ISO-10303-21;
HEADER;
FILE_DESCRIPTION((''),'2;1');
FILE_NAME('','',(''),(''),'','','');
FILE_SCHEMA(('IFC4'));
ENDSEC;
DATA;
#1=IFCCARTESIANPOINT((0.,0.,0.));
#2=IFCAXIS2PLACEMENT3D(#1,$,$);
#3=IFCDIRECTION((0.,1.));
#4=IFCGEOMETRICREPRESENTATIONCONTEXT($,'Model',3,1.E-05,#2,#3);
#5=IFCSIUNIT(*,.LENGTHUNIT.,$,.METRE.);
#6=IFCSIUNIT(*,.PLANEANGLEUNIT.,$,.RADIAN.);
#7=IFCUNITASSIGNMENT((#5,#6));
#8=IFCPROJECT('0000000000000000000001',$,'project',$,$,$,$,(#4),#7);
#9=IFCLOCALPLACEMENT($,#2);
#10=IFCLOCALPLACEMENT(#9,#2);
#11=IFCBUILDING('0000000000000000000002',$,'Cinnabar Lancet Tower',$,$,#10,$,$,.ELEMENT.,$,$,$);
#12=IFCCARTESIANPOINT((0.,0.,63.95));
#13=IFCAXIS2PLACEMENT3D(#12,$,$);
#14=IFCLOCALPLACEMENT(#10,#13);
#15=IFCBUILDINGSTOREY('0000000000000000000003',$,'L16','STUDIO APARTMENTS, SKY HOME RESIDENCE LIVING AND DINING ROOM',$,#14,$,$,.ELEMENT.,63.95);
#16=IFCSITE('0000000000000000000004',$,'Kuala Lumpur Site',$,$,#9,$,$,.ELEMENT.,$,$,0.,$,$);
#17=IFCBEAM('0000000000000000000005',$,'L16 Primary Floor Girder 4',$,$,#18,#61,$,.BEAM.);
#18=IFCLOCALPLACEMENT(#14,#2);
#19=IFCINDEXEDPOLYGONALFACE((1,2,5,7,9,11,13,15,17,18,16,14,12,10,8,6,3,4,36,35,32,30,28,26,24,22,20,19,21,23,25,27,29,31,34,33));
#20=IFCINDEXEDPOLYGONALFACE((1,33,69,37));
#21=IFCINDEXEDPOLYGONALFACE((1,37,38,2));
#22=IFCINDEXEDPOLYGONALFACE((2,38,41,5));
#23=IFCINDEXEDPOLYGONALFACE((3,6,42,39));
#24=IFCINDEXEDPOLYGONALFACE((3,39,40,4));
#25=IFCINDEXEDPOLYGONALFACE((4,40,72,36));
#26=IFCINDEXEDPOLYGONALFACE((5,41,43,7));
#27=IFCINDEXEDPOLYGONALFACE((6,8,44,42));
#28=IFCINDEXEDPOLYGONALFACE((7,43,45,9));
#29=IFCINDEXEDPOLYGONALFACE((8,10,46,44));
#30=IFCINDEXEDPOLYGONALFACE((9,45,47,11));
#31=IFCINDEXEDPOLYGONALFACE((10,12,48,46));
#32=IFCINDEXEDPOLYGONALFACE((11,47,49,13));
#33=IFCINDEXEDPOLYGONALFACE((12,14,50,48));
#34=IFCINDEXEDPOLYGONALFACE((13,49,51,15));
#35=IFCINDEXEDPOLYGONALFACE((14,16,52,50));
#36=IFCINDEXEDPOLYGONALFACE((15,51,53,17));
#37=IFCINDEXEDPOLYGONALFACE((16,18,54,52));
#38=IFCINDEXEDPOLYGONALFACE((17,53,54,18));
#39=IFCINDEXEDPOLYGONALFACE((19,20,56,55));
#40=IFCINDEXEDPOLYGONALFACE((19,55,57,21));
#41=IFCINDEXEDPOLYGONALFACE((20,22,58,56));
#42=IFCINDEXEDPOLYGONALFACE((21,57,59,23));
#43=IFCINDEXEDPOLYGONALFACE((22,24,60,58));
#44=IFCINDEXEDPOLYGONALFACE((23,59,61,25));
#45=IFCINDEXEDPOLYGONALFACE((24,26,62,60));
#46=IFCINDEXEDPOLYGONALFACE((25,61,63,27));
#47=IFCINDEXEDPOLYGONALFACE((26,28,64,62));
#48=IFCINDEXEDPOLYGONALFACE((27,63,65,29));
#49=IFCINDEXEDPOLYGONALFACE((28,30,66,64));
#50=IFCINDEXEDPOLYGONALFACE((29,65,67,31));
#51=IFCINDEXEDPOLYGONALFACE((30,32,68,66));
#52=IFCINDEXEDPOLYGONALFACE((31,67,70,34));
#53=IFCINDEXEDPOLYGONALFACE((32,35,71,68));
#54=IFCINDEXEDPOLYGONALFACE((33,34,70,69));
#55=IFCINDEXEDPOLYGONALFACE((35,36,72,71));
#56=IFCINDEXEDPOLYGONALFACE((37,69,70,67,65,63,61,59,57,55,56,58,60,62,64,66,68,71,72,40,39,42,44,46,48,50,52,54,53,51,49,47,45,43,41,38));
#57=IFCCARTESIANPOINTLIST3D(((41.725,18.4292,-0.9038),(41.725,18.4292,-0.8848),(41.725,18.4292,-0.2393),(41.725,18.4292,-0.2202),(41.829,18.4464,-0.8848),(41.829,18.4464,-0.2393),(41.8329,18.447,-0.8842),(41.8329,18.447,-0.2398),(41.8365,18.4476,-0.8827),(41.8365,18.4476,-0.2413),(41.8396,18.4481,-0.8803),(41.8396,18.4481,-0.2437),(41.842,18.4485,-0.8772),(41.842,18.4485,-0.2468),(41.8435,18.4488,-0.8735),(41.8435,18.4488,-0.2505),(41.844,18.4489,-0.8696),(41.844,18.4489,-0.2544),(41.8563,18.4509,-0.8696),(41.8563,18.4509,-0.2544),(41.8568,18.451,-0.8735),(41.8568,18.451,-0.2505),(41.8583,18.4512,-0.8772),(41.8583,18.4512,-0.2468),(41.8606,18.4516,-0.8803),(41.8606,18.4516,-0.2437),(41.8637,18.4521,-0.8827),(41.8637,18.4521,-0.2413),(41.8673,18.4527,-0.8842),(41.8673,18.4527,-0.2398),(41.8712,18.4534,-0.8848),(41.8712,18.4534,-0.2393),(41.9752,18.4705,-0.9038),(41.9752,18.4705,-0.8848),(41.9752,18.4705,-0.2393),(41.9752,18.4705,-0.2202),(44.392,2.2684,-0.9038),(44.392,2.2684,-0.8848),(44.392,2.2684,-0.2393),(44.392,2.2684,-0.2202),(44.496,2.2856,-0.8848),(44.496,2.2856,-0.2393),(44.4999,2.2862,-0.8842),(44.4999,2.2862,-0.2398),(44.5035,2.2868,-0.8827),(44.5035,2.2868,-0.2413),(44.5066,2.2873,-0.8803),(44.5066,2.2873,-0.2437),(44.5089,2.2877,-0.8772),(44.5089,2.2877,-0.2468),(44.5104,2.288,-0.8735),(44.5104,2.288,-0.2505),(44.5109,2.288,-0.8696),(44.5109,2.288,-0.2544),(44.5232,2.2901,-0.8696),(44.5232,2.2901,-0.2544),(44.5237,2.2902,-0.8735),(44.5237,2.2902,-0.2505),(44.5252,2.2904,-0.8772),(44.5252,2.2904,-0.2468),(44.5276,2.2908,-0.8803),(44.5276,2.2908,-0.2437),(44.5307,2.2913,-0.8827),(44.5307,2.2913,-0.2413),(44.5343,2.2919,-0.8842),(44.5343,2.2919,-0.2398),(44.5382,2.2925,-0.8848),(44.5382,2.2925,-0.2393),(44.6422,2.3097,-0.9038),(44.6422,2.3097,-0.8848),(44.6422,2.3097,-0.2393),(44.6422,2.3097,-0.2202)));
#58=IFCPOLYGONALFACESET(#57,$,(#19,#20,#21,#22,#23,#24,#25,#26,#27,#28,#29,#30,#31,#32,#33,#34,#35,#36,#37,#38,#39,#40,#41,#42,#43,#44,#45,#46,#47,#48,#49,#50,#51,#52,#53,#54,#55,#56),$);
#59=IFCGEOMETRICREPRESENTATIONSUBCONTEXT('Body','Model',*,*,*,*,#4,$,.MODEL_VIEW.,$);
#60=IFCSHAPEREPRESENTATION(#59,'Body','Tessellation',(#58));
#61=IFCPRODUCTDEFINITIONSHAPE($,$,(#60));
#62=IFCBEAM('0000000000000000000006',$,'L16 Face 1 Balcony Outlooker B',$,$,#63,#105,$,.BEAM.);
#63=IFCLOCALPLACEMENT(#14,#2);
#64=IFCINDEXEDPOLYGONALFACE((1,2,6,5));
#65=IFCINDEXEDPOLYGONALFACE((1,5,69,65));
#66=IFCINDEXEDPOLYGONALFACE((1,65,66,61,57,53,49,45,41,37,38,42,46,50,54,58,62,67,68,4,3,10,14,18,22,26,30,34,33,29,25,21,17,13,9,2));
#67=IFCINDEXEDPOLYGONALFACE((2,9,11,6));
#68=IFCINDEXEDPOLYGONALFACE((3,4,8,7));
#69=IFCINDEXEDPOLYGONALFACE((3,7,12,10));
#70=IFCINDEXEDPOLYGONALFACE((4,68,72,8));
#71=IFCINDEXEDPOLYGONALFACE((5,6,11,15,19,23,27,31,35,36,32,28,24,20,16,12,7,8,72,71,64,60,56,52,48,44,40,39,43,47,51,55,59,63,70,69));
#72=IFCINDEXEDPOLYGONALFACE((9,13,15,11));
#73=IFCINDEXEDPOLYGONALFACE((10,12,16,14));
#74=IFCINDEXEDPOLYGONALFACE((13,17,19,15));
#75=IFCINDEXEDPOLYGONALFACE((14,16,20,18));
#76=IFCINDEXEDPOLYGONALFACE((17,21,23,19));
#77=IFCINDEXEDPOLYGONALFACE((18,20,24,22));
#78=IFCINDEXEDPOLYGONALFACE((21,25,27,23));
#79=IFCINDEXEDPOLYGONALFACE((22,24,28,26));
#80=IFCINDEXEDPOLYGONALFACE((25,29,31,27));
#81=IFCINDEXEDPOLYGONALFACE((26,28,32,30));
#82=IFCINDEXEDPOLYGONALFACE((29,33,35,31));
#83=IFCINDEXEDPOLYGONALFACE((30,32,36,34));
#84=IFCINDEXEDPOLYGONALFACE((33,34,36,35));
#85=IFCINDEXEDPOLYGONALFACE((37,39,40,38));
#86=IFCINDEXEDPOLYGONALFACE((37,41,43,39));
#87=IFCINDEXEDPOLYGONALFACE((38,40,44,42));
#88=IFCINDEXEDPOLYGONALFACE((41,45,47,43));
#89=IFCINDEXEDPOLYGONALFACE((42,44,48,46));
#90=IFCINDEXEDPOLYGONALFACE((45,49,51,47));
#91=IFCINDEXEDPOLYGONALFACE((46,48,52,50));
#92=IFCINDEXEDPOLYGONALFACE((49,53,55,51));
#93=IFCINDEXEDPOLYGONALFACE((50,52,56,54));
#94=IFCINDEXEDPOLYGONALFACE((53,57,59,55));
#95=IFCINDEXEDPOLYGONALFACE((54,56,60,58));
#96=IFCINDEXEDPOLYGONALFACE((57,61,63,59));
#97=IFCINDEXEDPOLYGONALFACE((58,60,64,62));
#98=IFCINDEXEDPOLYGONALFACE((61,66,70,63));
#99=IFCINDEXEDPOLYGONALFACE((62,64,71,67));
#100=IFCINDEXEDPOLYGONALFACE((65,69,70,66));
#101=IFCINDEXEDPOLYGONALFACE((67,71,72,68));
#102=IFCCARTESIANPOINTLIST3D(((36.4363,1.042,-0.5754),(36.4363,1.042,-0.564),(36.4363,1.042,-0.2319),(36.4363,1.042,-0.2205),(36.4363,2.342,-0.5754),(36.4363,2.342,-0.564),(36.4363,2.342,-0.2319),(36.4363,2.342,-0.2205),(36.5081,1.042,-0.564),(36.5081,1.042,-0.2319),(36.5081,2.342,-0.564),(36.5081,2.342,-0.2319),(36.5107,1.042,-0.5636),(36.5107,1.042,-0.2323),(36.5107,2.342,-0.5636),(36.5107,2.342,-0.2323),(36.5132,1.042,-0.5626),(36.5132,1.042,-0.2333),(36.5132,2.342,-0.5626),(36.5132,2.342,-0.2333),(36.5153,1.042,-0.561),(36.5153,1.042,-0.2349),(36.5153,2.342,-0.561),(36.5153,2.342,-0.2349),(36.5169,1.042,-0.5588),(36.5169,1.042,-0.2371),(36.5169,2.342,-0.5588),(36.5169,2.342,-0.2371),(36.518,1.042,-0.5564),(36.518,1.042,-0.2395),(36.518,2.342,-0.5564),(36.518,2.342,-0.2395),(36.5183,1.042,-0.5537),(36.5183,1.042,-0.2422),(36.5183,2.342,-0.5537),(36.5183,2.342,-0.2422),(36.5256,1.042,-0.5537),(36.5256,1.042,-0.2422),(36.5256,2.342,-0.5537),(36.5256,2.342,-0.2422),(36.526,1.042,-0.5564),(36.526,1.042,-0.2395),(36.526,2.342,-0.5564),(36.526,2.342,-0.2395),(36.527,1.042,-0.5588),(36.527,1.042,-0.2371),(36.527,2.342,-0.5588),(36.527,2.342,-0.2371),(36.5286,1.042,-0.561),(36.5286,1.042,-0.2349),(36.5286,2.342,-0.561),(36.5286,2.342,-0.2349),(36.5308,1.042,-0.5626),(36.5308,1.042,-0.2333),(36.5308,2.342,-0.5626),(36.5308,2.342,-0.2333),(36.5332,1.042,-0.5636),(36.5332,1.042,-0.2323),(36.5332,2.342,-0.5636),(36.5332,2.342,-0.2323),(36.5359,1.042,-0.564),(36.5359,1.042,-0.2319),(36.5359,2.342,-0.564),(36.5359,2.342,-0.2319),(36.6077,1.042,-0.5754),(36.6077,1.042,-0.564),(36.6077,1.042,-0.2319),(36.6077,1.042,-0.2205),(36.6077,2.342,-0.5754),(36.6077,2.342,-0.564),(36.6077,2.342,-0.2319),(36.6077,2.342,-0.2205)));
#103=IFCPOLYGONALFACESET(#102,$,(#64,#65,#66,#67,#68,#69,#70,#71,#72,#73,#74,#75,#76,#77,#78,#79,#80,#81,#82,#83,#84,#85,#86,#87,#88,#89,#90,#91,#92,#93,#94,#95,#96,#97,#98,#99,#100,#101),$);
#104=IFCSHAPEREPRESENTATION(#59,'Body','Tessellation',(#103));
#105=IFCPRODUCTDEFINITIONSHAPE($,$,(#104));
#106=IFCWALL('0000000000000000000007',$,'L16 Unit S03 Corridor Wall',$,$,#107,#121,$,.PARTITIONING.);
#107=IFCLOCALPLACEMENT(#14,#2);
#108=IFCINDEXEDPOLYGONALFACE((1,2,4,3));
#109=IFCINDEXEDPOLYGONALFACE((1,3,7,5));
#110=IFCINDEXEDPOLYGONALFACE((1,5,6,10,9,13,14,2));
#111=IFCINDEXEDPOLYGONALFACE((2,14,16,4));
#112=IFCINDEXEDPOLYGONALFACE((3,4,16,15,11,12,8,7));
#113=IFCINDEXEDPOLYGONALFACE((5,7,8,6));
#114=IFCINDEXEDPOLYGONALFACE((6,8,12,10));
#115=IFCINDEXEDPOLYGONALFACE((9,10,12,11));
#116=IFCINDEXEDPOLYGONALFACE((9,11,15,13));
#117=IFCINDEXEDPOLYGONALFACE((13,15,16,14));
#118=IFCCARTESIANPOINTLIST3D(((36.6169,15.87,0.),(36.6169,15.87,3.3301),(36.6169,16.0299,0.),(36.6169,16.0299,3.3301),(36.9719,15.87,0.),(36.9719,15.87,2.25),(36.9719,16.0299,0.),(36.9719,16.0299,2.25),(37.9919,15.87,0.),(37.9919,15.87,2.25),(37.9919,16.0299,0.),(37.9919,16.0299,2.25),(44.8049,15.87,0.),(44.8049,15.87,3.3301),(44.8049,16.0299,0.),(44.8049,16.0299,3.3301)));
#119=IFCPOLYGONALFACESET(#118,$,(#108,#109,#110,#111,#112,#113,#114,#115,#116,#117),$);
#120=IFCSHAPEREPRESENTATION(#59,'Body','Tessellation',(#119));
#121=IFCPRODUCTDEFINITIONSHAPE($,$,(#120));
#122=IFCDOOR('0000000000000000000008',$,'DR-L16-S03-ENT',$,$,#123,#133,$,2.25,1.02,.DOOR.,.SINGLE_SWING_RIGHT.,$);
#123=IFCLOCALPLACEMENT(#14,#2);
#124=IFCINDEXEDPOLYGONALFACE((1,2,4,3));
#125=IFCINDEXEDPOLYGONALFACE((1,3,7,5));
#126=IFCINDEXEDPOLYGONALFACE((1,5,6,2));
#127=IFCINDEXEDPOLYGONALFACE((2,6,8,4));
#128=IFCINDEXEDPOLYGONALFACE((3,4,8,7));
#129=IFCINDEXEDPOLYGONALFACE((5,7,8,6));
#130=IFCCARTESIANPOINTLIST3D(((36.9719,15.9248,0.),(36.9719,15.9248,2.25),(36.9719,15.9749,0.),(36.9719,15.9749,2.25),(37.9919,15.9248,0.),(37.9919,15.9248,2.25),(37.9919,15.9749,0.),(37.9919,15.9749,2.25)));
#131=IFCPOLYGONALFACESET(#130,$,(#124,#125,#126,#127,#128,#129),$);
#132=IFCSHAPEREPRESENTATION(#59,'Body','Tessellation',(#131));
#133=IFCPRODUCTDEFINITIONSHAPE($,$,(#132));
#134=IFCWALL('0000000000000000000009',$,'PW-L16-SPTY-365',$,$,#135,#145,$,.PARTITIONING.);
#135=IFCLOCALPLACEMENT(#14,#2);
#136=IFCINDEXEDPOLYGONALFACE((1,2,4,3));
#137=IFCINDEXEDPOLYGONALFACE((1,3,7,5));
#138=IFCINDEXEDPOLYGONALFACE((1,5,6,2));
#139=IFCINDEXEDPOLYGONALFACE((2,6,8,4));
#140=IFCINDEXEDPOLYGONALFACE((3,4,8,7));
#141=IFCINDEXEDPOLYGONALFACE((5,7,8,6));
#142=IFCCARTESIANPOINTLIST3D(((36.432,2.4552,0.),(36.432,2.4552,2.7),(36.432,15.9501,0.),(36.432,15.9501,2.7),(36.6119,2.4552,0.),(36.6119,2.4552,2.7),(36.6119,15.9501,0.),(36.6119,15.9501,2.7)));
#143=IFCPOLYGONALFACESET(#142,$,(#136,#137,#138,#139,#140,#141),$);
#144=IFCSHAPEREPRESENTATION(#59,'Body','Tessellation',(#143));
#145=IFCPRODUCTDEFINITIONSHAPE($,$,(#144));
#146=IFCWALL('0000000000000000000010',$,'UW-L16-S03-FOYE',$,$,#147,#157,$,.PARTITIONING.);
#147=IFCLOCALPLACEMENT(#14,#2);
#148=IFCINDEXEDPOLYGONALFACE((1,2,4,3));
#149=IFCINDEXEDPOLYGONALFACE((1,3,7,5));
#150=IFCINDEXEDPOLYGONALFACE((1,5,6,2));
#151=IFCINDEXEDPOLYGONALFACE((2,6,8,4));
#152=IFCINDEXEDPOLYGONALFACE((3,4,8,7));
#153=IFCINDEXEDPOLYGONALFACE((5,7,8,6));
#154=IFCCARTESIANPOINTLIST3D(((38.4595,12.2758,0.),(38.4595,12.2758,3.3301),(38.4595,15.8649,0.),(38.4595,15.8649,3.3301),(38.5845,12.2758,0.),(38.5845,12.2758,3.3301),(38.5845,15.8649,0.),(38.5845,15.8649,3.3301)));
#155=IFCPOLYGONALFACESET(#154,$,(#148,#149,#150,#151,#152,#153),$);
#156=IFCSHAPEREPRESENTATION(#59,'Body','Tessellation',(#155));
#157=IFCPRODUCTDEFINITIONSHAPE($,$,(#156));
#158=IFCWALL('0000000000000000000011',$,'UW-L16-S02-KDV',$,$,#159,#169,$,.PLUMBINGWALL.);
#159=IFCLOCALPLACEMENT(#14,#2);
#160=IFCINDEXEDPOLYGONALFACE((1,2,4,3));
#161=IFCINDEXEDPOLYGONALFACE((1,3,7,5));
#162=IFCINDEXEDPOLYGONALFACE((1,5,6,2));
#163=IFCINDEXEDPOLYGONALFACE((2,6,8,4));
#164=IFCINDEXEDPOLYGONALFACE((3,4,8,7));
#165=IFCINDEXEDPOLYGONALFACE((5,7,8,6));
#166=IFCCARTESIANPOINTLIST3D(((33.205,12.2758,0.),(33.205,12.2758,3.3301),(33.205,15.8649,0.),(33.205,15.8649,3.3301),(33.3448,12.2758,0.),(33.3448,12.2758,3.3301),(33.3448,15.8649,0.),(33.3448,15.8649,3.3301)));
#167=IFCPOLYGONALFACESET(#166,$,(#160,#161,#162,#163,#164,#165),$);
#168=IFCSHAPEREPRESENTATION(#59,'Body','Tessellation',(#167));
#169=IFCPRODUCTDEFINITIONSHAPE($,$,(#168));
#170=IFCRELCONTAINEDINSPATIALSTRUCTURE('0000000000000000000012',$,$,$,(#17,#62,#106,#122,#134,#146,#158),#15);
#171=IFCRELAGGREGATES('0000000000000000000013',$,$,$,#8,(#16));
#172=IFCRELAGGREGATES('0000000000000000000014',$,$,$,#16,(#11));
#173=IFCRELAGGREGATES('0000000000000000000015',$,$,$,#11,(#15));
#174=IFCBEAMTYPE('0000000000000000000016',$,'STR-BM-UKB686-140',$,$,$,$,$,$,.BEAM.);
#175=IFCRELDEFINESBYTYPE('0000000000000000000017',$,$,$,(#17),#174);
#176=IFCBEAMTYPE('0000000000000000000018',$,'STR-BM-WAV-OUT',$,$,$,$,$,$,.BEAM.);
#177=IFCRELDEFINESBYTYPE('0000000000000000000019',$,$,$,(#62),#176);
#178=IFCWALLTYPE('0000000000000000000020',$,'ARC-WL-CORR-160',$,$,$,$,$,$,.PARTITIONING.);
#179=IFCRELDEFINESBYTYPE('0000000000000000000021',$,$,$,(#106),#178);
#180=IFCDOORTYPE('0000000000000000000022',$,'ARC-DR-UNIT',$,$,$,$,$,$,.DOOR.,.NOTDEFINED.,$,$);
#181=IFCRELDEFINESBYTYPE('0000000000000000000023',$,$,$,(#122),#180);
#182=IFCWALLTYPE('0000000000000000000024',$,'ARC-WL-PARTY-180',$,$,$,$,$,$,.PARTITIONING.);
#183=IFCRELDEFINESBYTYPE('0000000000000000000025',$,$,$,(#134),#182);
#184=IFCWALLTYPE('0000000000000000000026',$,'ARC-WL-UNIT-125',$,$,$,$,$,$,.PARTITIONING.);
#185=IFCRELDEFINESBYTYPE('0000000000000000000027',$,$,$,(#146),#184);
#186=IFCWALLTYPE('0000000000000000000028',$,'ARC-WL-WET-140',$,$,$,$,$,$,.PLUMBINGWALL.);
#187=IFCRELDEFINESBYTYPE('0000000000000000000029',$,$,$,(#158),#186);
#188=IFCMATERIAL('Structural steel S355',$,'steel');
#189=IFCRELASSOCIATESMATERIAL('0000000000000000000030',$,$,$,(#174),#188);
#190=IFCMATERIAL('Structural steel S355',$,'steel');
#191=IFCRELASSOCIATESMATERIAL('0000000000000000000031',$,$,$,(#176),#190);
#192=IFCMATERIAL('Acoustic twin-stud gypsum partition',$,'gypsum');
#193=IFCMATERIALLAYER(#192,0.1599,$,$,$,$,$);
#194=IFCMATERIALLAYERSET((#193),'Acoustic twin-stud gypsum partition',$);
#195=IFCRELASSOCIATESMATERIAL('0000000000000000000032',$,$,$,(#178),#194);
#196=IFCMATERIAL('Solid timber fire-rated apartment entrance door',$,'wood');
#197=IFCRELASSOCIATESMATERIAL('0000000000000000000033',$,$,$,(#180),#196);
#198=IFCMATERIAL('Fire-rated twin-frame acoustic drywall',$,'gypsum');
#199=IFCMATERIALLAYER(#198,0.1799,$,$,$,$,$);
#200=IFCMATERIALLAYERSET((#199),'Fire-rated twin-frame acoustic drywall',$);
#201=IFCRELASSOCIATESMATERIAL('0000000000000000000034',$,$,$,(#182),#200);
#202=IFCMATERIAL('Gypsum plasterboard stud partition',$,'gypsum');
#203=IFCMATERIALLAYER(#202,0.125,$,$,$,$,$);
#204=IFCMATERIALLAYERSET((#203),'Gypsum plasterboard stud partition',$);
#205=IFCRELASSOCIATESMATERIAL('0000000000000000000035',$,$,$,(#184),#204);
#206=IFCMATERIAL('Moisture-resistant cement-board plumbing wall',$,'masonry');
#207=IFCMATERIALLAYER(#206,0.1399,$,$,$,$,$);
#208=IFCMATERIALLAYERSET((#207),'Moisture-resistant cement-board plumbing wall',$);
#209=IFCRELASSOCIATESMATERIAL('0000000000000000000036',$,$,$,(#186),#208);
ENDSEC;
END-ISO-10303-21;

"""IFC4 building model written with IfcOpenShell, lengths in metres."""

from ifc_helpers import new_model, si_unit, direction, frame, frame_2d, origin, origin_2d, place, context, subcontext, project, spatial, rectangle, i_section, extrude, material, layer, layer_set, material_profile, profile_set, type_object, element, fill, save


model = new_model("IFC4")

# Units and contexts
model_context = context("Model", 3, precision=1e-05, world=origin(), true_north=direction((0.0, 1.0)))
body_context = subcontext(model_context, "Body", "Model", "MODEL_VIEW")
ifc_project = project(units=[si_unit("LENGTHUNIT", "METRE"), si_unit("PLANEANGLEUNIT", "RADIAN")], contexts=[model_context])

# Site, building, storey
site_placement = place(None, origin())
site = spatial("IfcSite", under=ifc_project, at=site_placement, Name="Kuala Lumpur Site", CompositionType="ELEMENT", RefElevation=0.0)
building_placement = place(site_placement, origin())
building = spatial("IfcBuilding", under=site, at=building_placement, Name="Cinnabar Lancet Tower", CompositionType="ELEMENT")
storey_placement = place(building_placement, frame((0.0, 0.0, 63.95)))
storey = spatial("IfcBuildingStorey", under=building, at=storey_placement, Name="L16", Description="STUDIO APARTMENTS, SKY HOME RESIDENCE LIVING AND DINING ROOM", CompositionType="ELEMENT", Elevation=63.95)

# Beams
ifc_material_1 = material(Name="Structural steel S355", Category="steel")
ifc_material_profile_1 = material_profile(ifc_material_1, i_section(OverallWidth=0.2537, OverallDepth=0.6836, WebThickness=0.0125, FlangeThickness=0.019, FilletRadius=0.0151, at=origin_2d()), Name="UKB 686x254x140")
ifc_profile_set_1 = profile_set([ifc_material_profile_1], Name="Structural steel S355")
beam_type_1 = type_object("IfcBeamType", Name="STR-BM-UKB686-140", PredefinedType="BEAM", material=ifc_profile_set_1)
beam_1_placement = place(storey_placement, frame((44.5171, 2.2891, -0.562), z_axis=(-0.162825, 0.986655, 0.0), x_axis=(-0.986655, -0.162825, 0.0)))
element("IfcBeam", 1, at=beam_1_placement, inside=storey, type_object=beam_type_1, Name="L16 Primary Floor Girder 4", PredefinedType="BEAM", context=body_context, shape_type="SweptSolid", body=[
    extrude(i_section(OverallWidth=0.2537, OverallDepth=0.6836, WebThickness=0.0125, FlangeThickness=0.019, FilletRadius=0.0151, at=origin_2d()), origin(), (0.0, 0.0, 1.0), 16.3794),
])
ifc_material_2 = material(Name="Structural steel S355", Category="steel")
ifc_material_profile_2 = material_profile(ifc_material_2, i_section(OverallWidth=0.1714, OverallDepth=0.355, WebThickness=0.0073, FlangeThickness=0.0115, FilletRadius=0.0103, at=origin_2d()), Name="UKB 356x171x51")
ifc_profile_set_2 = profile_set([ifc_material_profile_2], Name="Structural steel S355")
beam_type_2 = type_object("IfcBeamType", Name="STR-BM-WAV-OUT", PredefinedType="BEAM", material=ifc_profile_set_2)
beam_2_placement = place(storey_placement, frame((36.522, 2.342, -0.3979), z_axis=(0.0, -1.0, 0.0), x_axis=(1.0, 0.0, 0.0)))
element("IfcBeam", 2, at=beam_2_placement, inside=storey, type_object=beam_type_2, Name="L16 Face 1 Balcony Outlooker B", PredefinedType="BEAM", context=body_context, shape_type="SweptSolid", body=[
    extrude(i_section(OverallWidth=0.1714, OverallDepth=0.355, WebThickness=0.0073, FlangeThickness=0.0115, FilletRadius=0.0103, at=origin_2d()), origin(), (0.0, 0.0, 1.0), 1.3),
])

# Wall, opening, door
ifc_material_3 = material(Name="Acoustic twin-stud gypsum partition", Category="gypsum")
ifc_layer_1 = layer(ifc_material_3, 0.1599)
ifc_layer_set_1 = layer_set([ifc_layer_1], Name="Acoustic twin-stud gypsum partition")
wall_type_1 = type_object("IfcWallType", Name="ARC-WL-CORR-160", PredefinedType="PARTITIONING", material=ifc_layer_set_1)
wall_1_placement = place(storey_placement, frame((36.6169, 15.95, 0.0), z_axis=(0.0, 0.0, 1.0), x_axis=(1.0, 0.0, 0.0)))
wall_1 = element("IfcWall", 3, at=wall_1_placement, inside=storey, type_object=wall_type_1, Name="L16 Unit S03 Corridor Wall", PredefinedType="PARTITIONING", context=body_context, shape_type="SweptSolid", body=[
    extrude(rectangle(XDim=8.188, YDim=0.1599, at=frame_2d((4.094, 0.0))), origin(), (0.0, 0.0, 1.0), 3.3301),
])
opening_1_placement = place(wall_1_placement, frame((0.355, 0.0, 0.0)))
opening_1 = element("IfcOpeningElement", 4, at=opening_1_placement, cuts=wall_1, PredefinedType="OPENING", context=body_context, shape_type="SweptSolid", body=[
    extrude(rectangle(XDim=1.02, YDim=2.25, at=frame_2d((0.51, 1.125))), frame((0.0, 0.0898, 0.0), z_axis=(0.0, -1.0, 0.0), x_axis=(1.0, 0.0, 0.0)), (0.0, 0.0, 1.0), 0.1799),
])
ifc_material_4 = material(Name="Solid timber fire-rated apartment entrance door", Category="wood")
door_type_1 = type_object("IfcDoorType", Name="ARC-DR-UNIT", OperationType="NOTDEFINED", PredefinedType="DOOR", material=ifc_material_4)
door_1_placement = place(opening_1_placement, origin())
door_1 = element("IfcDoor", 5, at=door_1_placement, inside=storey, type_object=door_type_1, Name="DR-L16-S03-ENT", OperationType="SINGLE_SWING_RIGHT", OverallHeight=2.25, OverallWidth=1.02, PredefinedType="DOOR", context=body_context, shape_type="SweptSolid", body=[
    extrude(rectangle(XDim=1.02, YDim=2.25, at=frame_2d((0.51, 1.125))), frame((0.0, 0.0249, 0.0), z_axis=(0.0, -1.0, 0.0), x_axis=(1.0, 0.0, 0.0)), (0.0, 0.0, 1.0), 0.05),
])
fill(opening_1, door_1)

# Walls
ifc_material_5 = material(Name="Fire-rated twin-frame acoustic drywall", Category="gypsum")
ifc_layer_2 = layer(ifc_material_5, 0.1799)
ifc_layer_set_2 = layer_set([ifc_layer_2], Name="Fire-rated twin-frame acoustic drywall")
wall_type_2 = type_object("IfcWallType", Name="ARC-WL-PARTY-180", PredefinedType="PARTITIONING", material=ifc_layer_set_2)
wall_2_placement = place(storey_placement, frame((36.522, 2.4551, 0.0), z_axis=(0.0, 0.0, 1.0), x_axis=(0.0, 1.0, 0.0)))
element("IfcWall", 6, at=wall_2_placement, inside=storey, type_object=wall_type_2, Name="PW-L16-SPTY-365", PredefinedType="PARTITIONING", context=body_context, shape_type="SweptSolid", body=[
    extrude(rectangle(XDim=13.4949, YDim=0.1799, at=frame_2d((6.7476, 0.0))), origin(), (0.0, 0.0, 1.0), 2.7),
])
ifc_material_6 = material(Name="Gypsum plasterboard stud partition", Category="gypsum")
ifc_layer_3 = layer(ifc_material_6, 0.125)
ifc_layer_set_3 = layer_set([ifc_layer_3], Name="Gypsum plasterboard stud partition")
wall_type_3 = type_object("IfcWallType", Name="ARC-WL-UNIT-125", PredefinedType="PARTITIONING", material=ifc_layer_set_3)
wall_3_placement = place(storey_placement, frame((38.522, 12.2759, 0.0), z_axis=(0.0, 0.0, 1.0), x_axis=(0.0, 1.0, 0.0)))
element("IfcWall", 7, at=wall_3_placement, inside=storey, type_object=wall_type_3, Name="UW-L16-S03-FOYE", PredefinedType="PARTITIONING", context=body_context, shape_type="SweptSolid", body=[
    extrude(rectangle(XDim=3.5891, YDim=0.125, at=frame_2d((1.7944, 0.0))), origin(), (0.0, 0.0, 1.0), 3.3301),
])
ifc_material_7 = material(Name="Moisture-resistant cement-board plumbing wall", Category="masonry")
ifc_layer_4 = layer(ifc_material_7, 0.1399)
ifc_layer_set_4 = layer_set([ifc_layer_4], Name="Moisture-resistant cement-board plumbing wall")
wall_type_4 = type_object("IfcWallType", Name="ARC-WL-WET-140", PredefinedType="PLUMBINGWALL", material=ifc_layer_set_4)
wall_4_placement = place(storey_placement, frame((33.2749, 12.2759, 0.0), z_axis=(0.0, 0.0, 1.0), x_axis=(0.0, 1.0, 0.0)))
element("IfcWall", 8, at=wall_4_placement, inside=storey, type_object=wall_type_4, Name="UW-L16-S02-KDV", PredefinedType="PLUMBINGWALL", context=body_context, shape_type="SweptSolid", body=[
    extrude(rectangle(XDim=3.5891, YDim=0.1399, at=frame_2d((1.7944, 0.0))), origin(), (0.0, 0.0, 1.0), 3.3301),
])

save(model, "model.ifc")
